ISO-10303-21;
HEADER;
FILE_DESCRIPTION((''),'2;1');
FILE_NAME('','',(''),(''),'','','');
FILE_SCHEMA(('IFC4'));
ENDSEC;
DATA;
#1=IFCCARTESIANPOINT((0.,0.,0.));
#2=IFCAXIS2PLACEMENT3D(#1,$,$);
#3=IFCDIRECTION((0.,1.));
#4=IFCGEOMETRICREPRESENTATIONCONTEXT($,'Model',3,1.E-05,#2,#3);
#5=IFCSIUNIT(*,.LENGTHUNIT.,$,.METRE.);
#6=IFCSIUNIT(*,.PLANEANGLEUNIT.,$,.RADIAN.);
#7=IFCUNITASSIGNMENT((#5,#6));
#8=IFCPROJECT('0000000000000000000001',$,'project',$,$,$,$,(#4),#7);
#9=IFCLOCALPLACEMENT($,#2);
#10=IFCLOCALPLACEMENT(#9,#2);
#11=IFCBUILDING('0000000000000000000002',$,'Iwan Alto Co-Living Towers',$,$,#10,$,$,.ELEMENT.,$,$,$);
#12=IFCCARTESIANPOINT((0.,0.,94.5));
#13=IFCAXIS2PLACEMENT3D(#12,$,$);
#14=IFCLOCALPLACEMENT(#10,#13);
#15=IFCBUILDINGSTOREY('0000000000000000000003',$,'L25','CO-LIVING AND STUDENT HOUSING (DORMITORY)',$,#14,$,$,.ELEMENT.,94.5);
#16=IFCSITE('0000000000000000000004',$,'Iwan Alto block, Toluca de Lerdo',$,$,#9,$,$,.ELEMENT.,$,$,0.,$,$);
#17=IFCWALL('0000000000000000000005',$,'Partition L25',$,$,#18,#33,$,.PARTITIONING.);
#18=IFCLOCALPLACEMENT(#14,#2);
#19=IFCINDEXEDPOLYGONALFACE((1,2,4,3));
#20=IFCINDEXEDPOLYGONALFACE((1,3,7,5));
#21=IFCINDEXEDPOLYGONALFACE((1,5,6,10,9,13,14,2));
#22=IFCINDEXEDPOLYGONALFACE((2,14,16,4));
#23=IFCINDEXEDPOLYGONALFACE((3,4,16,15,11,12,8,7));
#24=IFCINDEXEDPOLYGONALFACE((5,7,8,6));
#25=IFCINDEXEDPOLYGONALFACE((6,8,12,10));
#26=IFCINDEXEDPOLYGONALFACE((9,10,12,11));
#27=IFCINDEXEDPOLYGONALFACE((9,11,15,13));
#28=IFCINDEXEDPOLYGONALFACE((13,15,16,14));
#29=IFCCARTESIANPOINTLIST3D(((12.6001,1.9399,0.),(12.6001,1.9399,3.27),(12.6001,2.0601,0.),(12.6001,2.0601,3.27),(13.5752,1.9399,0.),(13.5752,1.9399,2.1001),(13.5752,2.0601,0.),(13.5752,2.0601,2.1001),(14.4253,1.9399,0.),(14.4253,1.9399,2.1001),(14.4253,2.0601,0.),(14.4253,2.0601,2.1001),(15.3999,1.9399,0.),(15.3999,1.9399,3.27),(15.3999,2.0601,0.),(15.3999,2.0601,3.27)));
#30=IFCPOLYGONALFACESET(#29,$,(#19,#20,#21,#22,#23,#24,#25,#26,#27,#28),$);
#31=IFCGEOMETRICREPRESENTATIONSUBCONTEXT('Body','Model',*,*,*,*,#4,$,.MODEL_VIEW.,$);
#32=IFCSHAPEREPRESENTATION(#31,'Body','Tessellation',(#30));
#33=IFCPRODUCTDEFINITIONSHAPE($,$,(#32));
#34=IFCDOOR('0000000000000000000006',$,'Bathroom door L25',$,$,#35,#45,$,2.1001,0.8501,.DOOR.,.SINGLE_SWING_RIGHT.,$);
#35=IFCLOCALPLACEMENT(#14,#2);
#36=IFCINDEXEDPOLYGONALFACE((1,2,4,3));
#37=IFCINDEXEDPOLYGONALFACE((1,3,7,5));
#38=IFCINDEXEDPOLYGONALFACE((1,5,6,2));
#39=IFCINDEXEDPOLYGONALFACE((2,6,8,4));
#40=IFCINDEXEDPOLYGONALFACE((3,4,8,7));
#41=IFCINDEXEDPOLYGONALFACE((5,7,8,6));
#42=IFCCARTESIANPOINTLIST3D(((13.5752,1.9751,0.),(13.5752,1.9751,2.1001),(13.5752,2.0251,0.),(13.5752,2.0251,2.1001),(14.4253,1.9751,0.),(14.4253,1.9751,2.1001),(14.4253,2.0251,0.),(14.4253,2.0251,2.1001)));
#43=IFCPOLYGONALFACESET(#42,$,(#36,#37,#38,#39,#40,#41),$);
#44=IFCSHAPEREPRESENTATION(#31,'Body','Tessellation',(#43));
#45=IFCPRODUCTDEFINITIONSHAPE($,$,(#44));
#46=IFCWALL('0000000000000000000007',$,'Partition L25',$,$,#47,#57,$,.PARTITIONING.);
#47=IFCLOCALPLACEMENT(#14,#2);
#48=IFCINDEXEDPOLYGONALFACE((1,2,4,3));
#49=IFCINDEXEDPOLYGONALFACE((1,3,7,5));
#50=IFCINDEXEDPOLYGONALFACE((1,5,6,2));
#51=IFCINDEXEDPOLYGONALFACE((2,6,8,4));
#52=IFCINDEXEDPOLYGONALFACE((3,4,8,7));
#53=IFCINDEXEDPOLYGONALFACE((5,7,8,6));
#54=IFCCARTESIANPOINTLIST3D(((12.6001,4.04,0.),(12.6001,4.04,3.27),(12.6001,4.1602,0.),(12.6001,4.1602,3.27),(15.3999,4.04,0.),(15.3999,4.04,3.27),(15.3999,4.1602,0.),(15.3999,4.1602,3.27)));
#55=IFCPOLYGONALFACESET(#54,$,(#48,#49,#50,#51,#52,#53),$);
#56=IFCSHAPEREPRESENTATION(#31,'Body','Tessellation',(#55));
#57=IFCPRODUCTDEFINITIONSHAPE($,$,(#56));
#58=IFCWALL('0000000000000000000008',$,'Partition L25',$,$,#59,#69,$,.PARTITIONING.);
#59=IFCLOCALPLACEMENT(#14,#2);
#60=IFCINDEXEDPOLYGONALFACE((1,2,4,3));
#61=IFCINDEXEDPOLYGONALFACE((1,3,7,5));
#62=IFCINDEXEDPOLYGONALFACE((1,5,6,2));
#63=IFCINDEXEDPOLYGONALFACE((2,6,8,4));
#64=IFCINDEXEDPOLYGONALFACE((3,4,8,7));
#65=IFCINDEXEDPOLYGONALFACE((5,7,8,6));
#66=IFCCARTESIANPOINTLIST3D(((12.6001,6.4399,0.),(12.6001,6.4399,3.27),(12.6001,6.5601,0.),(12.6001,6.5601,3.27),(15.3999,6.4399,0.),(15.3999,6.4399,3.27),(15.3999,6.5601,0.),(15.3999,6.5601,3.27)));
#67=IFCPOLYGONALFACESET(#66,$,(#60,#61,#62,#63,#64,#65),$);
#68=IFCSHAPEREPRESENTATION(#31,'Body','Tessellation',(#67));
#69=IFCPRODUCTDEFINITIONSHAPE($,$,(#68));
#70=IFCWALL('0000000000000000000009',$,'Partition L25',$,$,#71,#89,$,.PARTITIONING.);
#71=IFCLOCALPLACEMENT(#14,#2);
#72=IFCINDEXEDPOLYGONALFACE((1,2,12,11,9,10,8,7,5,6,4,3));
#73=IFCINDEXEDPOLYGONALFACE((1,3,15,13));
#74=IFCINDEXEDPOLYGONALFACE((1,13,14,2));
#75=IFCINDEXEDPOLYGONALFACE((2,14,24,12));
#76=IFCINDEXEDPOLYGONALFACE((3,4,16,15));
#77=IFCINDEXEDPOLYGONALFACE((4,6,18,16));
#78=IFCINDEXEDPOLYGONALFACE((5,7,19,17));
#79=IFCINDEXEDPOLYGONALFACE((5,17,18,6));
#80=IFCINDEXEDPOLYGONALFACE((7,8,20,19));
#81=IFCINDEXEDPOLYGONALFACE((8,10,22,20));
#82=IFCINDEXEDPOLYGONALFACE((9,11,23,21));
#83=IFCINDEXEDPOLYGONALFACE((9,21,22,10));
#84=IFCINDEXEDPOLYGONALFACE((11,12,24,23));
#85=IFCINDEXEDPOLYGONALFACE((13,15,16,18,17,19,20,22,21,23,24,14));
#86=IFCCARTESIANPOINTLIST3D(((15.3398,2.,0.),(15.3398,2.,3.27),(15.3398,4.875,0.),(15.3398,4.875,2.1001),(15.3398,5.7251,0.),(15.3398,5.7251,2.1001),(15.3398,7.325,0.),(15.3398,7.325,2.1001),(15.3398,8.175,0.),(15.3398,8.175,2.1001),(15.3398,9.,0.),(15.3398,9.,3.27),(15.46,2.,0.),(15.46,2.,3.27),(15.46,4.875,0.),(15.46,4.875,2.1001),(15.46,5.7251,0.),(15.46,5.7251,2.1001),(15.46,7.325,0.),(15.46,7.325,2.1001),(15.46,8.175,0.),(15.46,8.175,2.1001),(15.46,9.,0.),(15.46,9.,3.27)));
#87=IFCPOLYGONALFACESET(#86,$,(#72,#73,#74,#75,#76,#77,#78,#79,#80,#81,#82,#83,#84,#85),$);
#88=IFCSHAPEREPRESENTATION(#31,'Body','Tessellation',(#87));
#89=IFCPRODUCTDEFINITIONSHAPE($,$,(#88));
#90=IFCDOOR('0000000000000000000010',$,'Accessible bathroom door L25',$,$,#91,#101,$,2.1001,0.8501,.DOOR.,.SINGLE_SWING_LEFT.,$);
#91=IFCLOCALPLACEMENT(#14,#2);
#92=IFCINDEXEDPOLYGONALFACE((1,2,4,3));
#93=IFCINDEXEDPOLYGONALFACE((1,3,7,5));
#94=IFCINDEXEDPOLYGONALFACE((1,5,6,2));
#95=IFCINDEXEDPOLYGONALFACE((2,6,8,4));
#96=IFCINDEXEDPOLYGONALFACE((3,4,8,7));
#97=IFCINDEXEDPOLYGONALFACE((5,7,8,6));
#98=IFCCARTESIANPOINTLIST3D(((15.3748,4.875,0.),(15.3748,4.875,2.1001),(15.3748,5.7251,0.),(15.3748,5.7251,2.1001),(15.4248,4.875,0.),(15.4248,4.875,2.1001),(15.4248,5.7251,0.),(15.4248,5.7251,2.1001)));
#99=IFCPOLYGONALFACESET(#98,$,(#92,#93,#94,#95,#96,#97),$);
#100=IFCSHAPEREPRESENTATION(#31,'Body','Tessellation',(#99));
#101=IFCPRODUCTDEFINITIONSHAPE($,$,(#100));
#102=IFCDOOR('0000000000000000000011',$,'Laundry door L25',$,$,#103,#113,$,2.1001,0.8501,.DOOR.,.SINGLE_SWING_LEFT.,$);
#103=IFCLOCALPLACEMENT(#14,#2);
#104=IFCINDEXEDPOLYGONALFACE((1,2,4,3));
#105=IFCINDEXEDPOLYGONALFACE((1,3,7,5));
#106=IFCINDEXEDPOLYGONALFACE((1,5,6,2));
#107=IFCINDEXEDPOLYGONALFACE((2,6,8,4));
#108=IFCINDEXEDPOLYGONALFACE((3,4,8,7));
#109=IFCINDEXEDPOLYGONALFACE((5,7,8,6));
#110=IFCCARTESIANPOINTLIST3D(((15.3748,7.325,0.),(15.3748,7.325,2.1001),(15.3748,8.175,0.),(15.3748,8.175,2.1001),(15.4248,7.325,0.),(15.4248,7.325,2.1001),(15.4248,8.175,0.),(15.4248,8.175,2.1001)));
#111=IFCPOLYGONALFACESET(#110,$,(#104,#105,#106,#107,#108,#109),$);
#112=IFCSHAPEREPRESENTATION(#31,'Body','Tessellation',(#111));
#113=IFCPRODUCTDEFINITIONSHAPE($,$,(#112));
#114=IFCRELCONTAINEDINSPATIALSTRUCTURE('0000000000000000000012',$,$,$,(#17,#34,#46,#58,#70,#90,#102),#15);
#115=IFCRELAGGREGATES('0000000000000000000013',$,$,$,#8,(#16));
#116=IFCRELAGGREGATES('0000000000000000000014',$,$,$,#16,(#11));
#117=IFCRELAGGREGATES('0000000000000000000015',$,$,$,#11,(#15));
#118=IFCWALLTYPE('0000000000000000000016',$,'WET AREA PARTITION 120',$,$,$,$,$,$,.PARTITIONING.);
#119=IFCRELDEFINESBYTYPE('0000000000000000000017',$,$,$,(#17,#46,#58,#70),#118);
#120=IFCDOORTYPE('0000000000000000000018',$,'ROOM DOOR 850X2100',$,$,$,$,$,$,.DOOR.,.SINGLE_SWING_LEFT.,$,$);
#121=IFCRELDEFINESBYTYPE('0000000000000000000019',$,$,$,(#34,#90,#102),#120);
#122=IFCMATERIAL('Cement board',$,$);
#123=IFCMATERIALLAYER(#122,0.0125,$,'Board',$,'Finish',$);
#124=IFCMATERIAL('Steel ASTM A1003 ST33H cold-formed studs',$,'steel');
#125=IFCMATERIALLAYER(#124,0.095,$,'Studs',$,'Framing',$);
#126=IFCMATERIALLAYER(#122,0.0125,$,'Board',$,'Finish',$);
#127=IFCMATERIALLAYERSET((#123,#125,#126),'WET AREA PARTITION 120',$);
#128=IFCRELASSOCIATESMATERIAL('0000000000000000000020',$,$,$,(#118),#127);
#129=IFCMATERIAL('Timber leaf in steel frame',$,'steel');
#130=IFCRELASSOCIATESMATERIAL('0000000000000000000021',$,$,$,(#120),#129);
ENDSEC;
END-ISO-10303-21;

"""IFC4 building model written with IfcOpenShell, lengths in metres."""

from ifc_helpers import new_model, si_unit, direction, frame, frame_2d, origin, place, context, subcontext, project, spatial, rectangle, extrude, material, layer, layer_set, type_object, element, fill, save


model = new_model("IFC4")

# Units and contexts
model_context = context("Model", 3, precision=1e-05, world=origin(), true_north=direction((0.0, 1.0)))
body_context = subcontext(model_context, "Body", "Model", "MODEL_VIEW")
ifc_project = project(units=[si_unit("LENGTHUNIT", "METRE"), si_unit("PLANEANGLEUNIT", "RADIAN")], contexts=[model_context])

# Site, building, storey
site_placement = place(None, origin())
site = spatial("IfcSite", under=ifc_project, at=site_placement, Name="Iwan Alto block, Toluca de Lerdo", CompositionType="ELEMENT", RefElevation=0.0)
building_placement = place(site_placement, origin())
building = spatial("IfcBuilding", under=site, at=building_placement, Name="Iwan Alto Co-Living Towers", CompositionType="ELEMENT")
storey_placement = place(building_placement, frame((0.0, 0.0, 94.5)))
storey = spatial("IfcBuildingStorey", under=building, at=storey_placement, Name="L25", Description="CO-LIVING AND STUDENT HOUSING (DORMITORY)", CompositionType="ELEMENT", Elevation=94.5)

# Shared definitions
ifc_material_1 = material(Name="Steel ASTM A1003 ST33H cold-formed studs", Category="steel")

# Wall, opening, door
ifc_material_2 = material(Name="Cement board")
ifc_layer_1 = layer(ifc_material_2, 0.0125, Name="Board", Category="Finish")
ifc_layer_2 = layer(ifc_material_1, 0.095, Name="Studs", Category="Framing")
ifc_layer_3 = layer(ifc_material_2, 0.0125, Name="Board", Category="Finish")
ifc_layer_set_1 = layer_set([ifc_layer_1, ifc_layer_2, ifc_layer_3], Name="WET AREA PARTITION 120")
wall_type_1 = type_object("IfcWallType", Name="WET AREA PARTITION 120", PredefinedType="PARTITIONING", material=ifc_layer_set_1)
wall_1_placement = place(storey_placement, frame((12.6001, 2.0, 0.0), z_axis=(0.0, 0.0, 1.0), x_axis=(1.0, 0.0, 0.0)))
wall_1 = element("IfcWall", 1, at=wall_1_placement, inside=storey, type_object=wall_type_1, Name="Partition L25", PredefinedType="PARTITIONING", context=body_context, shape_type="SweptSolid", body=[
    extrude(rectangle(XDim=2.7998, YDim=0.1201, at=frame_2d((1.3999, 0.0))), origin(), (0.0, 0.0, 1.0), 3.27),
])
opening_1_placement = place(wall_1_placement, frame((0.9751, 0.0, 0.0)))
opening_1 = element("IfcOpeningElement", 2, at=opening_1_placement, cuts=wall_1, PredefinedType="OPENING", context=body_context, shape_type="SweptSolid", body=[
    extrude(rectangle(XDim=0.8501, YDim=2.1001, at=frame_2d((0.425, 1.05))), frame((0.0, 0.0701, 0.0), z_axis=(0.0, -1.0, 0.0), x_axis=(1.0, 0.0, 0.0)), (0.0, 0.0, 1.0), 0.1401),
])
ifc_material_3 = material(Name="Timber leaf in steel frame", Category="steel")
door_type = type_object("IfcDoorType", Name="ROOM DOOR 850X2100", OperationType="SINGLE_SWING_LEFT", PredefinedType="DOOR", material=ifc_material_3)
door_1_placement = place(opening_1_placement, frame((0.8501, 0.0, 0.0), z_axis=(0.0, 0.0, 1.0), x_axis=(-1.0, 0.0, 0.0)))
door_1 = element("IfcDoor", 3, at=door_1_placement, inside=storey, type_object=door_type, Name="Bathroom door L25", OperationType="SINGLE_SWING_RIGHT", OverallHeight=2.1001, OverallWidth=0.8501, PredefinedType="DOOR", context=body_context, shape_type="SweptSolid", body=[
    extrude(rectangle(XDim=0.8501, YDim=2.1001, at=frame_2d((0.425, 1.05))), frame((0.0, 0.0249, 0.0), z_axis=(0.0, -1.0, 0.0), x_axis=(1.0, 0.0, 0.0)), (0.0, 0.0, 1.0), 0.05),
])
fill(opening_1, door_1)

# Walls
for number, where, z_axis, x_axis, name in (
    (4, (12.6001, 4.1001, 0.0), (0.0, 0.0, 1.0), (1.0, 0.0, 0.0), "Partition L25"),
    (5, (12.6001, 6.5, 0.0), (0.0, 0.0, 1.0), (1.0, 0.0, 0.0), "Partition L25"),
):
    element("IfcWall", number, at=place(storey_placement, frame(where, z_axis=z_axis, x_axis=x_axis)), inside=storey, type_object=wall_type_1, Name=name, PredefinedType="PARTITIONING", context=body_context, shape_type="SweptSolid", body=[
        extrude(rectangle(XDim=2.7998, YDim=0.1201, at=frame_2d((1.3999, 0.0))), origin(), (0.0, 0.0, 1.0), 3.27),
    ])

# Wall, openings, doors
wall_2_placement = place(storey_placement, frame((15.3999, 2.0, 0.0), z_axis=(0.0, 0.0, 1.0), x_axis=(0.0, 1.0, 0.0)))
wall_2 = element("IfcWall", 6, at=wall_2_placement, inside=storey, type_object=wall_type_1, Name="Partition L25", PredefinedType="PARTITIONING", context=body_context, shape_type="SweptSolid", body=[
    extrude(rectangle(XDim=7.0, YDim=0.1201, at=frame_2d((3.5, 0.0))), origin(), (0.0, 0.0, 1.0), 3.27),
])
opening_2_placement = place(wall_2_placement, frame((2.875, 0.0, 0.0)))
opening_2 = element("IfcOpeningElement", 7, at=opening_2_placement, cuts=wall_2, PredefinedType="OPENING", context=body_context, shape_type="SweptSolid", body=[
    extrude(rectangle(XDim=0.8501, YDim=2.1001, at=frame_2d((0.425, 1.05))), frame((0.0, 0.0701, 0.0), z_axis=(0.0, -1.0, 0.0), x_axis=(1.0, 0.0, 0.0)), (0.0, 0.0, 1.0), 0.1401),
])
opening_3_placement = place(wall_2_placement, frame((5.325, 0.0, 0.0)))
opening_3 = element("IfcOpeningElement", 8, at=opening_3_placement, cuts=wall_2, PredefinedType="OPENING", context=body_context, shape_type="SweptSolid", body=[
    extrude(rectangle(XDim=0.8501, YDim=2.1001, at=frame_2d((0.425, 1.05))), frame((0.0, 0.0701, 0.0), z_axis=(0.0, -1.0, 0.0), x_axis=(1.0, 0.0, 0.0)), (0.0, 0.0, 1.0), 0.1401),
])
door_2_placement = place(opening_2_placement, frame((0.8501, 0.0, 0.0), z_axis=(0.0, 0.0, 1.0), x_axis=(-1.0, 0.0, 0.0)))
door_2 = element("IfcDoor", 9, at=door_2_placement, inside=storey, type_object=door_type, Name="Accessible bathroom door L25", OperationType="SINGLE_SWING_LEFT", OverallHeight=2.1001, OverallWidth=0.8501, PredefinedType="DOOR", context=body_context, shape_type="SweptSolid", body=[
    extrude(rectangle(XDim=0.8501, YDim=2.1001, at=frame_2d((0.425, 1.05))), frame((0.0, 0.0249, 0.0), z_axis=(0.0, -1.0, 0.0), x_axis=(1.0, 0.0, 0.0)), (0.0, 0.0, 1.0), 0.05),
])
fill(opening_2, door_2)
door_3_placement = place(opening_3_placement, frame((0.8501, 0.0, 0.0), z_axis=(0.0, 0.0, 1.0), x_axis=(-1.0, 0.0, 0.0)))
door_3 = element("IfcDoor", 10, at=door_3_placement, inside=storey, type_object=door_type, Name="Laundry door L25", OperationType="SINGLE_SWING_LEFT", OverallHeight=2.1001, OverallWidth=0.8501, PredefinedType="DOOR", context=body_context, shape_type="SweptSolid", body=[
    extrude(rectangle(XDim=0.8501, YDim=2.1001, at=frame_2d((0.425, 1.05))), frame((0.0, 0.0249, 0.0), z_axis=(0.0, -1.0, 0.0), x_axis=(1.0, 0.0, 0.0)), (0.0, 0.0, 1.0), 0.05),
])
fill(opening_3, door_3)

save(model, "model.ifc")
